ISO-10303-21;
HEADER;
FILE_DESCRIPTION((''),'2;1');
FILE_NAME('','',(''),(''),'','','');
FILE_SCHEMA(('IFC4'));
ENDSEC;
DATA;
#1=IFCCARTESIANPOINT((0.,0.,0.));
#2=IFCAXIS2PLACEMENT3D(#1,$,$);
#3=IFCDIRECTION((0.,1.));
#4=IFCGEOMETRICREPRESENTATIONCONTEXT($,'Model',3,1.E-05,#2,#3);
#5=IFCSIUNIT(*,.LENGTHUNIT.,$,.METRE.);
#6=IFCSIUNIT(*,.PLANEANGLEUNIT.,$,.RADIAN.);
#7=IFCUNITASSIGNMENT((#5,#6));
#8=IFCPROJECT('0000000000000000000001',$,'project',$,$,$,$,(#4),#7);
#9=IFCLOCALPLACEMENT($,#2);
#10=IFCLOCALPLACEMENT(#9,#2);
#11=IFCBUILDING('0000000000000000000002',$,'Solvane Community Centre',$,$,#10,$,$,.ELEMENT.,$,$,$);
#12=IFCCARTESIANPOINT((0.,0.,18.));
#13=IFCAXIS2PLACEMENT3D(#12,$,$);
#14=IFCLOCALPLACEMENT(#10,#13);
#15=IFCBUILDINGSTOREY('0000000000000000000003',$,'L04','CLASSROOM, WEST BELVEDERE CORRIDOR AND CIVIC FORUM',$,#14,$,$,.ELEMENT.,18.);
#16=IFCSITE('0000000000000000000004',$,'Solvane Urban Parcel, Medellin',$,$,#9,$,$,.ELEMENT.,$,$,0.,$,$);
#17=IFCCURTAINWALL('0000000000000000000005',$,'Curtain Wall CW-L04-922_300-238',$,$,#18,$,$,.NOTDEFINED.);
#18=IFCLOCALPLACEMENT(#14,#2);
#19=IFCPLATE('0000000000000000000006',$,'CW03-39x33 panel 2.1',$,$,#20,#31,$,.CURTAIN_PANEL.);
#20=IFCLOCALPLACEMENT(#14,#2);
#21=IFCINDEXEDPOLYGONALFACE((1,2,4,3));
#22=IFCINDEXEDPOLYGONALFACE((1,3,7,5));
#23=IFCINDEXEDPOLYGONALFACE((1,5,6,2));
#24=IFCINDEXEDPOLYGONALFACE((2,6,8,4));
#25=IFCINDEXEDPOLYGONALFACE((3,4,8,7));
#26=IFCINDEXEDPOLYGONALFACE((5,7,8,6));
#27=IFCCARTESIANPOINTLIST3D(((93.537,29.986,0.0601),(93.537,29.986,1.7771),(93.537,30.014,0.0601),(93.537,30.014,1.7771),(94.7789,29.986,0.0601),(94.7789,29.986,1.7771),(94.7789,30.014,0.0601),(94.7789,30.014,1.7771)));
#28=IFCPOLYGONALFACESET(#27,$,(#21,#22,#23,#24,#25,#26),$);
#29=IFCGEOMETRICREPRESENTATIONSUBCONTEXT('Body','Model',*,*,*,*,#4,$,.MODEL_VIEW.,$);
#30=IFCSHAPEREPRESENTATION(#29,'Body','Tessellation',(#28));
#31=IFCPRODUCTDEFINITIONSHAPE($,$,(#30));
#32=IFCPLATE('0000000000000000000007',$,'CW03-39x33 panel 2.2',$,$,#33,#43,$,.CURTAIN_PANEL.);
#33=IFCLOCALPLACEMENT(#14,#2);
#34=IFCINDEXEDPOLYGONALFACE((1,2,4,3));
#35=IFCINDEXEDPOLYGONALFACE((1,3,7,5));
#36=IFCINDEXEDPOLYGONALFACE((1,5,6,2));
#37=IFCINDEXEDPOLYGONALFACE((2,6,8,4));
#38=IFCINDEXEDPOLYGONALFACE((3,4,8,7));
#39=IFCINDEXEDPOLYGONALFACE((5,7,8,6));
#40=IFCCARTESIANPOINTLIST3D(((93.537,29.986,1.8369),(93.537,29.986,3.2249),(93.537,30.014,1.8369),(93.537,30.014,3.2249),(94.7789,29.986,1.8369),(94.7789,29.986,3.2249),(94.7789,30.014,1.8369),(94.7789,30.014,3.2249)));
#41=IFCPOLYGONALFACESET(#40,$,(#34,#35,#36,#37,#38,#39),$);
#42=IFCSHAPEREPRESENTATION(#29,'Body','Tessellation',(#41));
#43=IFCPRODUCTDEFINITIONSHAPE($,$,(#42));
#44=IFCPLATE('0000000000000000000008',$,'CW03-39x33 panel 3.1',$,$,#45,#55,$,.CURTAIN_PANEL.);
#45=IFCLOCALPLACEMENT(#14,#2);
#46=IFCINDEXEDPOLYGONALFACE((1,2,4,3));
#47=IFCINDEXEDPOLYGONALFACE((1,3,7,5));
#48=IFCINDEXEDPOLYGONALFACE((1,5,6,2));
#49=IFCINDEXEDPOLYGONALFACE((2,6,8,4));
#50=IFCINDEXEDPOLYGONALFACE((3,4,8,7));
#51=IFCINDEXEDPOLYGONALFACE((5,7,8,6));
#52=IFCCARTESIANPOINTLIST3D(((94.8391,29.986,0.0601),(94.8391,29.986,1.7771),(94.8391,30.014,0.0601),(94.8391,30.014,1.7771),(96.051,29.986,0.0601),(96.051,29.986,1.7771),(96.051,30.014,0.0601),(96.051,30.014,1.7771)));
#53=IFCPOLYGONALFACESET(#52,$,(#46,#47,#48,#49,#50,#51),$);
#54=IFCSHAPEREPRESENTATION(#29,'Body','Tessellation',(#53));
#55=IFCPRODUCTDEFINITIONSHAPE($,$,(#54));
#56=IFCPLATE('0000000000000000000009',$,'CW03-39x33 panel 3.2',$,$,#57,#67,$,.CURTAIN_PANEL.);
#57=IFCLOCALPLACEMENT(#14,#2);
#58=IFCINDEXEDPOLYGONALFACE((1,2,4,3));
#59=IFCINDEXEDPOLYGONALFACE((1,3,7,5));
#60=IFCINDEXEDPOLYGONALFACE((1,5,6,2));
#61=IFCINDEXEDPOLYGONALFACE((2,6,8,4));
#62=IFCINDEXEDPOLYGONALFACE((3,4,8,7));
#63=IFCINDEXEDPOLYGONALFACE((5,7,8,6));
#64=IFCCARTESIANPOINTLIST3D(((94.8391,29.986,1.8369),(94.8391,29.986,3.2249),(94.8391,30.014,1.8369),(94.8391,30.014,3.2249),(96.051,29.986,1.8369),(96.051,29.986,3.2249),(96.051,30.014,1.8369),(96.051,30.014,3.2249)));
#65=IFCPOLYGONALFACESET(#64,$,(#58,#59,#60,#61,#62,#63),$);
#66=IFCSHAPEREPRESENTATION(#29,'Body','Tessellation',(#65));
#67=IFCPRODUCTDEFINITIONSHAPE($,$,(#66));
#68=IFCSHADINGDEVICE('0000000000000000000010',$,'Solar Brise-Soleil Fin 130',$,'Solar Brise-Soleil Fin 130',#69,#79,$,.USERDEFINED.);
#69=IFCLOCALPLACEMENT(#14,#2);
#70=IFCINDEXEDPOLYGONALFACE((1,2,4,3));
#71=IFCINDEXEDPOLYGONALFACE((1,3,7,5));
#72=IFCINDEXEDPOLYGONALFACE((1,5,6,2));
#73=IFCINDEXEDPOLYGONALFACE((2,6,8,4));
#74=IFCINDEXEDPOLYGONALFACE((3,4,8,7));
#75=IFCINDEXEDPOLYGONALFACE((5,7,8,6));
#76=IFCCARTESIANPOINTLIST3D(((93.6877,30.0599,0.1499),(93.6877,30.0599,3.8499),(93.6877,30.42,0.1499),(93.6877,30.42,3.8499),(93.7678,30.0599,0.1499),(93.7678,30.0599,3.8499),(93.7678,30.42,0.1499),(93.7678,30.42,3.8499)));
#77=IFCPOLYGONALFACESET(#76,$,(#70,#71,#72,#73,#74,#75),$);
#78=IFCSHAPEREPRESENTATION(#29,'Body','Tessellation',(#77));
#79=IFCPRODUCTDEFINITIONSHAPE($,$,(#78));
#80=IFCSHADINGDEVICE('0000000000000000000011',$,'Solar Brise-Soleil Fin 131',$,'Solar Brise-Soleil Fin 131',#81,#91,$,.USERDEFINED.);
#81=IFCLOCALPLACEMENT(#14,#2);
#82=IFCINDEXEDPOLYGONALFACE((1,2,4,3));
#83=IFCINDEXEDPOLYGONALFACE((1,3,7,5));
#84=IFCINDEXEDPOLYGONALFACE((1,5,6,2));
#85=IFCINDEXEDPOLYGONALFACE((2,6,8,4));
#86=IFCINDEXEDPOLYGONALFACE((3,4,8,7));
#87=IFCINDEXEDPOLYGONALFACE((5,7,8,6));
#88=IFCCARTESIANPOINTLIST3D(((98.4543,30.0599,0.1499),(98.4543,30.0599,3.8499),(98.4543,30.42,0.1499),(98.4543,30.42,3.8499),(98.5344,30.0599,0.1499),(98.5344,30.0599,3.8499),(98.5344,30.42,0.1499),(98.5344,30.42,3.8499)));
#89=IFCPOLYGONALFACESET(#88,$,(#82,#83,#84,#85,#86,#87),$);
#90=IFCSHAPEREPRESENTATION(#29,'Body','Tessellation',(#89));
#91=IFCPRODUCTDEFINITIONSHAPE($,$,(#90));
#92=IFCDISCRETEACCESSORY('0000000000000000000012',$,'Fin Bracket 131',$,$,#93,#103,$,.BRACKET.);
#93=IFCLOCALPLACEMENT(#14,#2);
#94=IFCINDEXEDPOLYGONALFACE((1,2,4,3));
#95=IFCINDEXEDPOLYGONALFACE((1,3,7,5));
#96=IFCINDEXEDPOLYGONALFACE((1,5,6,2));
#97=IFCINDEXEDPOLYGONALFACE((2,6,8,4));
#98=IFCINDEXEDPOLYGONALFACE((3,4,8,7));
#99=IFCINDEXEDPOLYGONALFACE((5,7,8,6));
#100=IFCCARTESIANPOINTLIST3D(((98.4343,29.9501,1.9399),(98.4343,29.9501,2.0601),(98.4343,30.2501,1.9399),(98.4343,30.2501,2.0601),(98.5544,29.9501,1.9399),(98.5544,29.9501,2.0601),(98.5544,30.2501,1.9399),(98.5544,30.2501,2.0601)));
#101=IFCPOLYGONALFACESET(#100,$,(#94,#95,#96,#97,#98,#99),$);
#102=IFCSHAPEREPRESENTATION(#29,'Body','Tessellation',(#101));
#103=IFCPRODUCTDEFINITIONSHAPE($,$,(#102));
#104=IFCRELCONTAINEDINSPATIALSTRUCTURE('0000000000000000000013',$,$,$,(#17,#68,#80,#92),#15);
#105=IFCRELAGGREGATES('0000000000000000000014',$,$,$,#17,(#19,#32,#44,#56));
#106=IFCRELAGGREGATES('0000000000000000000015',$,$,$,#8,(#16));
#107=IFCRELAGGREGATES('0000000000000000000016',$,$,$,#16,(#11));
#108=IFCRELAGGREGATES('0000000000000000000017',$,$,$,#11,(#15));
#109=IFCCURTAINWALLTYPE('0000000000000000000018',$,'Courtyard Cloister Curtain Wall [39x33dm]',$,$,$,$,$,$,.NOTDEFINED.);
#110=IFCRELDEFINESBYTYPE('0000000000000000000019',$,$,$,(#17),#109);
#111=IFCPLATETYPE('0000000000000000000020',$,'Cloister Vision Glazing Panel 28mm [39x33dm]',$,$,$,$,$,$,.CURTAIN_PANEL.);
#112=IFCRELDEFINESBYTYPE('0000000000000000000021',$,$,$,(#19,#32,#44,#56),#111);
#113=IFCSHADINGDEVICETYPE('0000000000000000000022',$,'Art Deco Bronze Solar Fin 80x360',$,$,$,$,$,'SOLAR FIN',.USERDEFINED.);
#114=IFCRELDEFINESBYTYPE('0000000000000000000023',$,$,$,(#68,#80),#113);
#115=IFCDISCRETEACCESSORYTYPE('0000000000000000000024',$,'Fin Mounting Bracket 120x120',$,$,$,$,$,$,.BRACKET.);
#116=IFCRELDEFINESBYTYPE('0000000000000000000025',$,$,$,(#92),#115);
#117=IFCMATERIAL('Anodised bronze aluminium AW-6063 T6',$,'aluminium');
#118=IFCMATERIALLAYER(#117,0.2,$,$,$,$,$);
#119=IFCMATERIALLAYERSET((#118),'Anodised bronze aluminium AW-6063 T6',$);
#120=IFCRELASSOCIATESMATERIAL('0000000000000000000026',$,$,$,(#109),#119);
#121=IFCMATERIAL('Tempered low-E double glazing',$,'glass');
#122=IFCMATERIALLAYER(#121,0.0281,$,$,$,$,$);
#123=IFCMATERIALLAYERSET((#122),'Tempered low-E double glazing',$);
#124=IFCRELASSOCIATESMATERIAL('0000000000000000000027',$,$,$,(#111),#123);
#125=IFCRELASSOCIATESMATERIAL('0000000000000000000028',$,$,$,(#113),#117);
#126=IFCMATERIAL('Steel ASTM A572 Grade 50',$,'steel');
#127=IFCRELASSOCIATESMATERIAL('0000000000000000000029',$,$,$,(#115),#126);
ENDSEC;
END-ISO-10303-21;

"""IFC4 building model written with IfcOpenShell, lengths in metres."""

from ifc_helpers import new_model, si_unit, direction, frame, origin, origin_2d, place, context, subcontext, project, spatial, rectangle, extrude, material, layer, layer_set, type_object, element, aggregate, save


model = new_model("IFC4")

# Units and contexts
model_context = context("Model", 3, precision=1e-05, world=origin(), true_north=direction((0.0, 1.0)))
body_context = subcontext(model_context, "Body", "Model", "MODEL_VIEW")
ifc_project = project(units=[si_unit("LENGTHUNIT", "METRE"), si_unit("PLANEANGLEUNIT", "RADIAN")], contexts=[model_context])

# Site, building, storey
site_placement = place(None, origin())
site = spatial("IfcSite", under=ifc_project, at=site_placement, Name="Solvane Urban Parcel, Medellin", CompositionType="ELEMENT", RefElevation=0.0)
building_placement = place(site_placement, origin())
building = spatial("IfcBuilding", under=site, at=building_placement, Name="Solvane Community Centre", CompositionType="ELEMENT")
storey_placement = place(building_placement, frame((0.0, 0.0, 18.0)))
storey = spatial("IfcBuildingStorey", under=building, at=storey_placement, Name="L04", Description="CLASSROOM, WEST BELVEDERE CORRIDOR AND CIVIC FORUM", CompositionType="ELEMENT", Elevation=18.0)

# Curtain wall
ifc_material_1 = material(Name="Anodised bronze aluminium AW-6063 T6", Category="aluminium")
ifc_layer_1 = layer(ifc_material_1, 0.2)
ifc_layer_set_1 = layer_set([ifc_layer_1], Name="Anodised bronze aluminium AW-6063 T6")
curtain_wall_type_1 = type_object("IfcCurtainWallType", Name="Courtyard Cloister Curtain Wall [39x33dm]", PredefinedType="NOTDEFINED", material=ifc_layer_set_1)
curtain_wall_1_placement = place(storey_placement, origin())
curtain_wall_1 = element("IfcCurtainWall", 1, at=curtain_wall_1_placement, inside=storey, type_object=curtain_wall_type_1, Name="Curtain Wall CW-L04-922_300-238", PredefinedType="NOTDEFINED")

# Plates
ifc_material_2 = material(Name="Tempered low-E double glazing", Category="glass")
ifc_layer_2 = layer(ifc_material_2, 0.0281)
ifc_layer_set_2 = layer_set([ifc_layer_2], Name="Tempered low-E double glazing")
plate_type_1 = type_object("IfcPlateType", Name="Cloister Vision Glazing Panel 28mm [39x33dm]", PredefinedType="CURTAIN_PANEL", material=ifc_layer_set_2)
plate_1_placement = place(storey_placement, frame((94.158, 30.0, 0.0601), z_axis=(0.0, 0.0, 1.0), x_axis=(1.0, 0.0, 0.0)))
plate_1 = element("IfcPlate", 2, at=plate_1_placement, type_object=plate_type_1, Name="CW03-39x33 panel 2.1", PredefinedType="CURTAIN_PANEL", context=body_context, shape_type="SweptSolid", body=[
    extrude(rectangle(XDim=1.2419, YDim=0.0281, at=origin_2d()), origin(), (0.0, 0.0, 1.0), 1.717),
])
plate_2_placement = place(storey_placement, frame((94.158, 30.0, 1.8369), z_axis=(0.0, 0.0, 1.0), x_axis=(1.0, 0.0, 0.0)))
plate_2 = element("IfcPlate", 3, at=plate_2_placement, type_object=plate_type_1, Name="CW03-39x33 panel 2.2", PredefinedType="CURTAIN_PANEL", context=body_context, shape_type="SweptSolid", body=[
    extrude(rectangle(XDim=1.2419, YDim=0.0281, at=origin_2d()), origin(), (0.0, 0.0, 1.0), 1.3879),
])
plate_3_placement = place(storey_placement, frame((95.4451, 30.0, 0.0601), z_axis=(0.0, 0.0, 1.0), x_axis=(1.0, 0.0, 0.0)))
plate_3 = element("IfcPlate", 4, at=plate_3_placement, type_object=plate_type_1, Name="CW03-39x33 panel 3.1", PredefinedType="CURTAIN_PANEL", context=body_context, shape_type="SweptSolid", body=[
    extrude(rectangle(XDim=1.2119, YDim=0.0281, at=origin_2d()), origin(), (0.0, 0.0, 1.0), 1.717),
])
plate_4_placement = place(storey_placement, frame((95.4451, 30.0, 1.8369), z_axis=(0.0, 0.0, 1.0), x_axis=(1.0, 0.0, 0.0)))
plate_4 = element("IfcPlate", 5, at=plate_4_placement, type_object=plate_type_1, Name="CW03-39x33 panel 3.2", PredefinedType="CURTAIN_PANEL", context=body_context, shape_type="SweptSolid", body=[
    extrude(rectangle(XDim=1.2119, YDim=0.0281, at=origin_2d()), origin(), (0.0, 0.0, 1.0), 1.3879),
])
aggregate(curtain_wall_1, [plate_1, plate_2, plate_3, plate_4])

# Shading devices
shading_device_type = type_object("IfcShadingDeviceType", Name="Art Deco Bronze Solar Fin 80x360", ElementType="SOLAR FIN", PredefinedType="USERDEFINED", material=ifc_material_1)
shading_device_1_placement = place(storey_placement, frame((93.7278, 30.24, 0.1499), z_axis=(0.0, 0.0, 1.0), x_axis=(1.0, 0.0, 0.0)))
element("IfcShadingDevice", 6, at=shading_device_1_placement, inside=storey, type_object=shading_device_type, Name="Solar Brise-Soleil Fin 130", ObjectType="Solar Brise-Soleil Fin 130", PredefinedType="USERDEFINED", context=body_context, shape_type="SweptSolid", body=[
    extrude(rectangle(XDim=0.0801, YDim=0.3601, at=origin_2d()), origin(), (0.0, 0.0, 1.0), 3.7),
])
shading_device_2_placement = place(storey_placement, frame((98.4944, 30.24, 0.1499), z_axis=(0.0, 0.0, 1.0), x_axis=(1.0, 0.0, 0.0)))
element("IfcShadingDevice", 7, at=shading_device_2_placement, inside=storey, type_object=shading_device_type, Name="Solar Brise-Soleil Fin 131", ObjectType="Solar Brise-Soleil Fin 131", PredefinedType="USERDEFINED", context=body_context, shape_type="SweptSolid", body=[
    extrude(rectangle(XDim=0.0801, YDim=0.3601, at=origin_2d()), origin(), (0.0, 0.0, 1.0), 3.7),
])

# Discrete accessory
ifc_material_3 = material(Name="Steel ASTM A572 Grade 50", Category="steel")
discrete_accessory_type = type_object("IfcDiscreteAccessoryType", Name="Fin Mounting Bracket 120x120", PredefinedType="BRACKET", material=ifc_material_3)
discrete_accessory_placement = place(storey_placement, frame((98.4944, 30.1001, 1.9399), z_axis=(0.0, 0.0, 1.0), x_axis=(1.0, 0.0, 0.0)))
element("IfcDiscreteAccessory", 8, at=discrete_accessory_placement, inside=storey, type_object=discrete_accessory_type, Name="Fin Bracket 131", PredefinedType="BRACKET", context=body_context, shape_type="SweptSolid", body=[
    extrude(rectangle(XDim=0.1201, YDim=0.3, at=origin_2d()), origin(), (0.0, 0.0, 1.0), 0.1201),
])

save(model, "model.ifc")
